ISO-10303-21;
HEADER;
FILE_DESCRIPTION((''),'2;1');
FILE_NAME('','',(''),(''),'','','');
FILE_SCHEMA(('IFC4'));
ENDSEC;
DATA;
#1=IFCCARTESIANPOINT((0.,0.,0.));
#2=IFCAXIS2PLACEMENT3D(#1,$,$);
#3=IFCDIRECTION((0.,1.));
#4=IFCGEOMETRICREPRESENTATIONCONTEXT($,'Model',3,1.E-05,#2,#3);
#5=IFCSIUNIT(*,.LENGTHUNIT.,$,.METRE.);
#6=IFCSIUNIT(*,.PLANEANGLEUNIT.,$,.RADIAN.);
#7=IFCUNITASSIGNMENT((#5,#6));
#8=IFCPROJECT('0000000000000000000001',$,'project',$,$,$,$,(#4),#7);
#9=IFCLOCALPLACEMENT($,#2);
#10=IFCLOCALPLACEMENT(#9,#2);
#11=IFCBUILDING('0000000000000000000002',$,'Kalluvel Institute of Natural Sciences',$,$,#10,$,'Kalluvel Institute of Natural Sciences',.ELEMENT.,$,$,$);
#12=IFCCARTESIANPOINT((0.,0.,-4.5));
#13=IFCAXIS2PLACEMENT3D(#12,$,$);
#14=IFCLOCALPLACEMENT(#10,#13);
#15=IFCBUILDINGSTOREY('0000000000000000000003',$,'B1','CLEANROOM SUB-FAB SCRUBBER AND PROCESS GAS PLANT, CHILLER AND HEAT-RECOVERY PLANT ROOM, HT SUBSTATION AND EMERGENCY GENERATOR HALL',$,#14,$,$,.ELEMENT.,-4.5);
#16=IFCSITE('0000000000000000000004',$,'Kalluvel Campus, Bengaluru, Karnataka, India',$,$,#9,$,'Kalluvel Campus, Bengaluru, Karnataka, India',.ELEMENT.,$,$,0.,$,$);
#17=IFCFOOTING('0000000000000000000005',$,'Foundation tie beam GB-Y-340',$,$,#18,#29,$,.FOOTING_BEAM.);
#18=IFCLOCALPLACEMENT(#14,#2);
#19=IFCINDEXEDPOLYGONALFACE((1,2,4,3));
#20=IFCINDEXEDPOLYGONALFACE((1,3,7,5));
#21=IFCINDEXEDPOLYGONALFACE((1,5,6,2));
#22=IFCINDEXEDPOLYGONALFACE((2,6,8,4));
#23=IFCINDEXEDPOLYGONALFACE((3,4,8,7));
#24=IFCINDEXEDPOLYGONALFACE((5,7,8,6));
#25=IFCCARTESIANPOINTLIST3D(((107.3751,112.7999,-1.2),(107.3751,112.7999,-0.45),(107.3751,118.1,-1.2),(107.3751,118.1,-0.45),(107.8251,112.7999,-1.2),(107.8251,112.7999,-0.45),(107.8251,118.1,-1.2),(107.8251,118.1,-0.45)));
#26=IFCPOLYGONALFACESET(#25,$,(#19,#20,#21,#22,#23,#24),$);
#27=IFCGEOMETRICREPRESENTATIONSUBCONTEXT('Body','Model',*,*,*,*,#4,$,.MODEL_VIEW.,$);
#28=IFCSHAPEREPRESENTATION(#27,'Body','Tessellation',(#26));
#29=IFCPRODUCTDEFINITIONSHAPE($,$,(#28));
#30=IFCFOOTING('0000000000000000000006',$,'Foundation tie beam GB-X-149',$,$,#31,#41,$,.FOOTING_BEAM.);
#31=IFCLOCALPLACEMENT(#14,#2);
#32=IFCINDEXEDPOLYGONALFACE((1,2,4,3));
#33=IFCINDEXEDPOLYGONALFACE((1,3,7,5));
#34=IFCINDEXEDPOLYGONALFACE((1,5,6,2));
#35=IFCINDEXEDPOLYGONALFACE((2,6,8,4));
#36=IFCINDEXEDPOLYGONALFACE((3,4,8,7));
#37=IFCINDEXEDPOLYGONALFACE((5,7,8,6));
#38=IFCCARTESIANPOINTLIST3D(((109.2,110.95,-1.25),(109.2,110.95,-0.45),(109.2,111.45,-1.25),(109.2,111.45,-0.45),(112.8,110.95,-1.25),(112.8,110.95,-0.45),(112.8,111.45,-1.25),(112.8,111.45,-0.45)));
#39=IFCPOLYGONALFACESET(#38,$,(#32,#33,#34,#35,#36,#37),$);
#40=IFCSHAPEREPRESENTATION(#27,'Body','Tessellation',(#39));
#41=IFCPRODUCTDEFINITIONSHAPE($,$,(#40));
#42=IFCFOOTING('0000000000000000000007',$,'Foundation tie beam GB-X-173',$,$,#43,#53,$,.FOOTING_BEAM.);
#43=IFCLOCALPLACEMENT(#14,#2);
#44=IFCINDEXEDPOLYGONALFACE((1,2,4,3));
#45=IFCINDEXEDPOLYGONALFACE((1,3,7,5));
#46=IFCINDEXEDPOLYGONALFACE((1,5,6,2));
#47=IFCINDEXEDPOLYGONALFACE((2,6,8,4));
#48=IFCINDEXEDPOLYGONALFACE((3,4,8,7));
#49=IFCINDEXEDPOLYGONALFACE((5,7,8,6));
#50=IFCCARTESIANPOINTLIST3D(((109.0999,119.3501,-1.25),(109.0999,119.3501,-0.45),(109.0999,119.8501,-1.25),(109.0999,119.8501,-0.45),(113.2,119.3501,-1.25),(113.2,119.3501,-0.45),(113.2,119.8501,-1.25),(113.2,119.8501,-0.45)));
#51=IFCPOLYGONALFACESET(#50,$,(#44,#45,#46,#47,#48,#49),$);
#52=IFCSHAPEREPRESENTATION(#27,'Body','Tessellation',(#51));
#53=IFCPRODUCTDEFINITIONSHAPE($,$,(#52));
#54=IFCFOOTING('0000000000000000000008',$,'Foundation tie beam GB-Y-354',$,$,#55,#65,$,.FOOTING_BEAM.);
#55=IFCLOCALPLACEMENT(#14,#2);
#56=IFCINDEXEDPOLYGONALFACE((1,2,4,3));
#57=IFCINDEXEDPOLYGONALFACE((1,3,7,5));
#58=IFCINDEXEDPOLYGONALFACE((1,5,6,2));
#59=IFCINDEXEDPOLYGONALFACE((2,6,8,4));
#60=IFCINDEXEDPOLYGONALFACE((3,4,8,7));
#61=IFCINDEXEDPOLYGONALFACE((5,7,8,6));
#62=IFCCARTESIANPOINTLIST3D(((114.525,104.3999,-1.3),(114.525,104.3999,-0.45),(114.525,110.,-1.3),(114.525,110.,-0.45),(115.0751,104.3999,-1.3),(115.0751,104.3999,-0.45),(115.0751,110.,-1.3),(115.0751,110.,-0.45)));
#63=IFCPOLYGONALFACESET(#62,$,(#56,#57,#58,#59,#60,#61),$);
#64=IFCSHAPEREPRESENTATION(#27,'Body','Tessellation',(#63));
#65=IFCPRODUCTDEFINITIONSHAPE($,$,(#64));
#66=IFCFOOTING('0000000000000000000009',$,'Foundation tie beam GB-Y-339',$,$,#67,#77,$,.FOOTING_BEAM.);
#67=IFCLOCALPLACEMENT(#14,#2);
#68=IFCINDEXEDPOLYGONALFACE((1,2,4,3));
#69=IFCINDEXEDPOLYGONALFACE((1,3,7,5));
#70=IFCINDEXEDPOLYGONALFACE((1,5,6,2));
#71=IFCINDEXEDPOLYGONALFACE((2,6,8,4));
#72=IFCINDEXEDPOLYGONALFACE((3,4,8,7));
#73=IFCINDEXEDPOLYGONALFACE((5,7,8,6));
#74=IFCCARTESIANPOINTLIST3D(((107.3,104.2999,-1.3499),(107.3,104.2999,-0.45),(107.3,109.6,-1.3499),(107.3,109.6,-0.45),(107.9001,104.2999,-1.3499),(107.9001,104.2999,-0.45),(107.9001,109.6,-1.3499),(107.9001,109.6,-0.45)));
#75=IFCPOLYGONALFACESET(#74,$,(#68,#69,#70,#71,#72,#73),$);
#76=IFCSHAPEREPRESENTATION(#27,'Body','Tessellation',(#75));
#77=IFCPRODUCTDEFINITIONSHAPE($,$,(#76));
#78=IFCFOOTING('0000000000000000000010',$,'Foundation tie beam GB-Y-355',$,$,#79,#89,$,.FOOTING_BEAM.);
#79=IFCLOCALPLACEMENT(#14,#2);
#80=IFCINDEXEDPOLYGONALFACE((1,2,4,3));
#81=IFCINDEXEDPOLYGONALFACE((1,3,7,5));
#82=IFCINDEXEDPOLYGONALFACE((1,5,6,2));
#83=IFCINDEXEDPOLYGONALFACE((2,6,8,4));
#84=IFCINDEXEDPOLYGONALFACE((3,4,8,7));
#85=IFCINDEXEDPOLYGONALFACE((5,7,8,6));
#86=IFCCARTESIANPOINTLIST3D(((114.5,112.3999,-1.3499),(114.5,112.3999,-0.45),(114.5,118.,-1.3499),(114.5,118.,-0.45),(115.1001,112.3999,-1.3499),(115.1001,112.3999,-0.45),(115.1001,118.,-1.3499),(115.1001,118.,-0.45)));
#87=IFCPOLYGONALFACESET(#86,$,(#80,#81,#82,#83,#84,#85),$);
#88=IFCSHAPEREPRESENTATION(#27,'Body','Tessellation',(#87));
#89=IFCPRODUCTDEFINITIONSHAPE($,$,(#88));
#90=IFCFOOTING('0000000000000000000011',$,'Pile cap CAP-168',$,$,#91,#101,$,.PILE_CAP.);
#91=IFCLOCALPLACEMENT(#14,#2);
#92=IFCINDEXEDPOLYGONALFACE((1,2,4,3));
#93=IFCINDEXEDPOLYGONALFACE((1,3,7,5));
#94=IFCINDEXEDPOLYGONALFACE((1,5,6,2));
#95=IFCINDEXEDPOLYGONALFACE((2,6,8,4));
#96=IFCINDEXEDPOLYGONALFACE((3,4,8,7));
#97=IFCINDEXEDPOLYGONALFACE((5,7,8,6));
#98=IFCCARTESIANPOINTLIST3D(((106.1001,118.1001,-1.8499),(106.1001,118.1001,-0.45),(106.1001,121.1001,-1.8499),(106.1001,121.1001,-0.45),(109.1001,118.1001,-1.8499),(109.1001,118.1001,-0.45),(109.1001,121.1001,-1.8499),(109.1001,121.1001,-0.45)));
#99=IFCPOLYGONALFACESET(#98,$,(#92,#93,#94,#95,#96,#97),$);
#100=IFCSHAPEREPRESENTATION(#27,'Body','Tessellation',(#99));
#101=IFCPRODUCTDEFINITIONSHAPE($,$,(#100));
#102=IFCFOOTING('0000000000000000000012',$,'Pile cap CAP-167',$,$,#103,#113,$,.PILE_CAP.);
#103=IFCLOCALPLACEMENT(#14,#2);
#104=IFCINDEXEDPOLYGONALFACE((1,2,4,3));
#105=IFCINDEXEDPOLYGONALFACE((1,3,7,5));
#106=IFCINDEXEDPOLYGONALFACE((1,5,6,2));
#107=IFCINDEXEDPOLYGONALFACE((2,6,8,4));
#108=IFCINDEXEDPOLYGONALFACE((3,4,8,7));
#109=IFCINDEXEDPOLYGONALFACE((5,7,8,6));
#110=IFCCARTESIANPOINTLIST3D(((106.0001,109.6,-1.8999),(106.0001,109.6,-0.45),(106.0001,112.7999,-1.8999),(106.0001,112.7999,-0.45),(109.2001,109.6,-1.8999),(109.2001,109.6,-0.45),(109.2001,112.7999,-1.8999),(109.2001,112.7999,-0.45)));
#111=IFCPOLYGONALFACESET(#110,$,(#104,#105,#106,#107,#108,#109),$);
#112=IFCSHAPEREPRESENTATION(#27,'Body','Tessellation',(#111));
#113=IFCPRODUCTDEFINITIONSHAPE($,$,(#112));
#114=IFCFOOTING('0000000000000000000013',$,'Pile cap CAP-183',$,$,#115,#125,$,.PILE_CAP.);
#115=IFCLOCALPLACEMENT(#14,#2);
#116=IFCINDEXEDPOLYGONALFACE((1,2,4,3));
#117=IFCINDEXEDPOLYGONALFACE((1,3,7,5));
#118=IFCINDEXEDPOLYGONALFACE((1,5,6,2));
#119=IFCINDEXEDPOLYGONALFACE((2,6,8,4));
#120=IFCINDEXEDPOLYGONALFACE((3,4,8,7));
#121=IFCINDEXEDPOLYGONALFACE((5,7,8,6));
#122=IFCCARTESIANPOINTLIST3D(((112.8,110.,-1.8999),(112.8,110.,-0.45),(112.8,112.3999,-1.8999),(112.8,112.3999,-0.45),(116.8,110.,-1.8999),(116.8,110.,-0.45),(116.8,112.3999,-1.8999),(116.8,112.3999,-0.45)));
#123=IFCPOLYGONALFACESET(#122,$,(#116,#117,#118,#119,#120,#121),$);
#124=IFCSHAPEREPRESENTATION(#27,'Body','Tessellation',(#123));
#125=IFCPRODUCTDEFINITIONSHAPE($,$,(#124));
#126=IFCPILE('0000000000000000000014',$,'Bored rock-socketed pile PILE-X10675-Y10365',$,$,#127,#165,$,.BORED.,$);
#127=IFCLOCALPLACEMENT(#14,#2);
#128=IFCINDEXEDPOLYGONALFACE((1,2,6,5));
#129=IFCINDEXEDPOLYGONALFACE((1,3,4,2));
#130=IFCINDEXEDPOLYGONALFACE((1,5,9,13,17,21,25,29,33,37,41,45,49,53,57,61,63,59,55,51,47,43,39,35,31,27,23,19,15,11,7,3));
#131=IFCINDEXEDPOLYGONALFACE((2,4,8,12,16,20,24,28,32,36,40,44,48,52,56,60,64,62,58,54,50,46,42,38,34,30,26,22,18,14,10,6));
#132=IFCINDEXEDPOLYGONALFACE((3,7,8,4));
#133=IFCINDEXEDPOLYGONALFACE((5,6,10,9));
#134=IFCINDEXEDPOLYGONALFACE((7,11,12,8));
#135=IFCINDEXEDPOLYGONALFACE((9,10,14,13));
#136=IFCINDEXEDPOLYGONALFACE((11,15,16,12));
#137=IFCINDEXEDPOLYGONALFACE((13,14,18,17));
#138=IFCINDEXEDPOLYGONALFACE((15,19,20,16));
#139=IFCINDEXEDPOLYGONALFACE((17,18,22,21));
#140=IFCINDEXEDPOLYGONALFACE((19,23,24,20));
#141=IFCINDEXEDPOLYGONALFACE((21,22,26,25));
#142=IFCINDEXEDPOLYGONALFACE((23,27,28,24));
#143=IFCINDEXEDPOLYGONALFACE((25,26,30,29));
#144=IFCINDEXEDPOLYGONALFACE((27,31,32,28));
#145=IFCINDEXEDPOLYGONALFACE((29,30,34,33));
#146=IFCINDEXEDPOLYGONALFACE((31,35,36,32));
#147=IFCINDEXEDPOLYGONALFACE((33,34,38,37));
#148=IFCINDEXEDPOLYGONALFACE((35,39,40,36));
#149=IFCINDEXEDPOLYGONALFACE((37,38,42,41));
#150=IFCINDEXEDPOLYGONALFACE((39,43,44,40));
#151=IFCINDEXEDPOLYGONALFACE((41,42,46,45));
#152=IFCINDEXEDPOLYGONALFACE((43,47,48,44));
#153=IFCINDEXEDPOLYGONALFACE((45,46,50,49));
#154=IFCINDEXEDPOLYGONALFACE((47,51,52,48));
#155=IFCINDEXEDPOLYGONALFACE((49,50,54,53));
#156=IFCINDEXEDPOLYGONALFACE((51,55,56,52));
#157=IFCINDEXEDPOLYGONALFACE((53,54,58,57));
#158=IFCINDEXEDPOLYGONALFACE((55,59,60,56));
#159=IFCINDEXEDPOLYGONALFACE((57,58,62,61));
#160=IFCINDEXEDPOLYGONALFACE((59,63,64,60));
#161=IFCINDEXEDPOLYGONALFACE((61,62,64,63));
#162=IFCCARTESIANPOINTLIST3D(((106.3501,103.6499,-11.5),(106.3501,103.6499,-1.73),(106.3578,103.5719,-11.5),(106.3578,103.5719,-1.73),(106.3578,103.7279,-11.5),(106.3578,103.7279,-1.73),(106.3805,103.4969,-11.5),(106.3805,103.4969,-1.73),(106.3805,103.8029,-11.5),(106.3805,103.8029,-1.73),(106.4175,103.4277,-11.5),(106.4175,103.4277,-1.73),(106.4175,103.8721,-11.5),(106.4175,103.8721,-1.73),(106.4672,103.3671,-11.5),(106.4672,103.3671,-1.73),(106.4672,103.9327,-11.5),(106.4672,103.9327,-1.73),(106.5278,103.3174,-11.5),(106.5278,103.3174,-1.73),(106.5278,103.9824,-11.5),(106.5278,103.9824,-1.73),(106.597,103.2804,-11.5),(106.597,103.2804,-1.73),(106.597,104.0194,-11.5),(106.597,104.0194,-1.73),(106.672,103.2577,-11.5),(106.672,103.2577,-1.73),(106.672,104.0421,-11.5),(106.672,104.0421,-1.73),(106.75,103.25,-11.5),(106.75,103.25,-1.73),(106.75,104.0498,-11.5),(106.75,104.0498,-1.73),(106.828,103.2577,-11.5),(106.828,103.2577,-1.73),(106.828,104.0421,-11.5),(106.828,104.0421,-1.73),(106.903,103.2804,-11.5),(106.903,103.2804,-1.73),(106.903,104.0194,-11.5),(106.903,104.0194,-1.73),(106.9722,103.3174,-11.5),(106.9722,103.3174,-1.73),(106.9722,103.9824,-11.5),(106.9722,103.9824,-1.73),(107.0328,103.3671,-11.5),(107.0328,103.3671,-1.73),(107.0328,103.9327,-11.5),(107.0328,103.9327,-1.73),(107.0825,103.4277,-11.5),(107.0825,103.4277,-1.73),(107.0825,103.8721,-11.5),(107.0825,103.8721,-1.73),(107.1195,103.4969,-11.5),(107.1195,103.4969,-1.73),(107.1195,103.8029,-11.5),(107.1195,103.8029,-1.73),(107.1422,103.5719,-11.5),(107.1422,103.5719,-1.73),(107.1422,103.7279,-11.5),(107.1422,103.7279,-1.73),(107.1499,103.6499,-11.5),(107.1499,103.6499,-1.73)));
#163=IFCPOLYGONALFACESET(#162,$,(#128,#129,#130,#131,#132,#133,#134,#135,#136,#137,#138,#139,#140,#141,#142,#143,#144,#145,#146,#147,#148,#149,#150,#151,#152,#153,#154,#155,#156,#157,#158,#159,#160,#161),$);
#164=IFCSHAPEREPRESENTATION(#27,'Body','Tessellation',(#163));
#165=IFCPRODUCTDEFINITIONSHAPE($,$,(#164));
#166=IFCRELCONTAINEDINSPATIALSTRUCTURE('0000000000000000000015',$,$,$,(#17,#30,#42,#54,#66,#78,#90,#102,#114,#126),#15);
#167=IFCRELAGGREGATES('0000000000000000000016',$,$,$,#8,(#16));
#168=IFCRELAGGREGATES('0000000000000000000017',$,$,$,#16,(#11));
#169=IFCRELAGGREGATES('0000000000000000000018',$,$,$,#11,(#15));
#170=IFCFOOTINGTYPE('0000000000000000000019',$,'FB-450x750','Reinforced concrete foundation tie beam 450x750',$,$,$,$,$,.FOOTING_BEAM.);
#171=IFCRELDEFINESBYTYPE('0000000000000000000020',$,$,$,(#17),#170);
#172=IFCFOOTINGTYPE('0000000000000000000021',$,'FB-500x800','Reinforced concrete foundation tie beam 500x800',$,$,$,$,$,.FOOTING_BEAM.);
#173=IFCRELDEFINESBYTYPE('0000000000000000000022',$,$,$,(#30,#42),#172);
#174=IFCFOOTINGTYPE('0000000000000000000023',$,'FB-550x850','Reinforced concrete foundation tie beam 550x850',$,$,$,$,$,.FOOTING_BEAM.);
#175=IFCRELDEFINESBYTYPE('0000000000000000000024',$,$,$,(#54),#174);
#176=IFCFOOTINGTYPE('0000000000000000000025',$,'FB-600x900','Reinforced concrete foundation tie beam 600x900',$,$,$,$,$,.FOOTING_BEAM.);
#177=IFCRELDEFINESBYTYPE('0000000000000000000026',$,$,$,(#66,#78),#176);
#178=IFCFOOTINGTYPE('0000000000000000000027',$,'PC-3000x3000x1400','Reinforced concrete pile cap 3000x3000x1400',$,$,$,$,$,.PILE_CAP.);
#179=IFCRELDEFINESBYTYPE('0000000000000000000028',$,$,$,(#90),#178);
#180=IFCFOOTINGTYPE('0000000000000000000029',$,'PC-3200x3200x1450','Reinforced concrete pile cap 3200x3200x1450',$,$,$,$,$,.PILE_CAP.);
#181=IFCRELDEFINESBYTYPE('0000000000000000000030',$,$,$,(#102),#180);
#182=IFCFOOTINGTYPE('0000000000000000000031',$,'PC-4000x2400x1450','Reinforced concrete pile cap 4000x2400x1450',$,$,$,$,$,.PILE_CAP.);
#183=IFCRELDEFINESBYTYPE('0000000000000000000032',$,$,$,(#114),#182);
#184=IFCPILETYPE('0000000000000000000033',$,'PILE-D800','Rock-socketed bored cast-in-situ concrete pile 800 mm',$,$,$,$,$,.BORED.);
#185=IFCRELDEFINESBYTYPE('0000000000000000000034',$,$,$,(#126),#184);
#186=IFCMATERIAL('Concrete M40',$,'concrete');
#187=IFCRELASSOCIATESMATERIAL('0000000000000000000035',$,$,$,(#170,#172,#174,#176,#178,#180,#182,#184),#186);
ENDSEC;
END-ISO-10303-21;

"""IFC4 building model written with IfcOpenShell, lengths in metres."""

from ifc_helpers import new_model, si_unit, direction, frame, origin, origin_2d, place, context, subcontext, project, spatial, rectangle, circle, extrude, material, material_profile, profile_set, type_object, element, save


model = new_model("IFC4")

# Units and contexts
model_context = context("Model", 3, precision=1e-05, world=origin(), true_north=direction((0.0, 1.0)))
body_context = subcontext(model_context, "Body", "Model", "MODEL_VIEW")
ifc_project = project(units=[si_unit("LENGTHUNIT", "METRE"), si_unit("PLANEANGLEUNIT", "RADIAN")], contexts=[model_context])

# Site, building, storey
site_placement = place(None, origin())
site = spatial("IfcSite", under=ifc_project, at=site_placement, Name="Kalluvel Campus, Bengaluru, Karnataka, India", LongName="Kalluvel Campus, Bengaluru, Karnataka, India", CompositionType="ELEMENT", RefElevation=0.0)
building_placement = place(site_placement, origin())
building = spatial("IfcBuilding", under=site, at=building_placement, Name="Kalluvel Institute of Natural Sciences", LongName="Kalluvel Institute of Natural Sciences", CompositionType="ELEMENT")
storey_placement = place(building_placement, frame((0.0, 0.0, -4.5)))
storey = spatial("IfcBuildingStorey", under=building, at=storey_placement, Name="B1", Description="CLEANROOM SUB-FAB SCRUBBER AND PROCESS GAS PLANT, CHILLER AND HEAT-RECOVERY PLANT ROOM, HT SUBSTATION AND EMERGENCY GENERATOR HALL", CompositionType="ELEMENT", Elevation=-4.5)

# Footings
ifc_material_1 = material(Name="Concrete M40", Category="concrete")
footing_type_1 = type_object("IfcFootingType", Name="FB-450x750", Description="Reinforced concrete foundation tie beam 450x750", PredefinedType="FOOTING_BEAM", material=ifc_material_1)
footing_1_placement = place(storey_placement, frame((107.6001, 115.45, -1.2), z_axis=(0.0, 0.0, 1.0), x_axis=(1.0, 0.0, 0.0)))
element("IfcFooting", 1, at=footing_1_placement, inside=storey, type_object=footing_type_1, Name="Foundation tie beam GB-Y-340", PredefinedType="FOOTING_BEAM", context=body_context, shape_type="SweptSolid", body=[
    extrude(rectangle(XDim=0.45, YDim=5.3, at=origin_2d()), origin(), (0.0, 0.0, 1.0), 0.75),
])
footing_type_2 = type_object("IfcFootingType", Name="FB-500x800", Description="Reinforced concrete foundation tie beam 500x800", PredefinedType="FOOTING_BEAM", material=ifc_material_1)
footing_2_placement = place(storey_placement, frame((111.0, 111.2, -1.25), z_axis=(0.0, 0.0, 1.0), x_axis=(1.0, 0.0, 0.0)))
element("IfcFooting", 2, at=footing_2_placement, inside=storey, type_object=footing_type_2, Name="Foundation tie beam GB-X-149", PredefinedType="FOOTING_BEAM", context=body_context, shape_type="SweptSolid", body=[
    extrude(rectangle(XDim=3.6001, YDim=0.5, at=origin_2d()), origin(), (0.0, 0.0, 1.0), 0.8),
])
footing_3_placement = place(storey_placement, frame((111.1499, 119.6001, -1.25), z_axis=(0.0, 0.0, 1.0), x_axis=(1.0, 0.0, 0.0)))
element("IfcFooting", 3, at=footing_3_placement, inside=storey, type_object=footing_type_2, Name="Foundation tie beam GB-X-173", PredefinedType="FOOTING_BEAM", context=body_context, shape_type="SweptSolid", body=[
    extrude(rectangle(XDim=4.1001, YDim=0.5, at=origin_2d()), origin(), (0.0, 0.0, 1.0), 0.8),
])
footing_type_3 = type_object("IfcFootingType", Name="FB-550x850", Description="Reinforced concrete foundation tie beam 550x850", PredefinedType="FOOTING_BEAM", material=ifc_material_1)
footing_4_placement = place(storey_placement, frame((114.8, 107.2, -1.3), z_axis=(0.0, 0.0, 1.0), x_axis=(1.0, 0.0, 0.0)))
element("IfcFooting", 4, at=footing_4_placement, inside=storey, type_object=footing_type_3, Name="Foundation tie beam GB-Y-354", PredefinedType="FOOTING_BEAM", context=body_context, shape_type="SweptSolid", body=[
    extrude(rectangle(XDim=0.55, YDim=5.6001, at=origin_2d()), origin(), (0.0, 0.0, 1.0), 0.8501),
])
footing_type_4 = type_object("IfcFootingType", Name="FB-600x900", Description="Reinforced concrete foundation tie beam 600x900", PredefinedType="FOOTING_BEAM", material=ifc_material_1)
footing_5_placement = place(storey_placement, frame((107.6001, 106.95, -1.3499), z_axis=(0.0, 0.0, 1.0), x_axis=(1.0, 0.0, 0.0)))
element("IfcFooting", 5, at=footing_5_placement, inside=storey, type_object=footing_type_4, Name="Foundation tie beam GB-Y-339", PredefinedType="FOOTING_BEAM", context=body_context, shape_type="SweptSolid", body=[
    extrude(rectangle(XDim=0.6001, YDim=5.3, at=origin_2d()), origin(), (0.0, 0.0, 1.0), 0.8999),
])
footing_6_placement = place(storey_placement, frame((114.8, 115.2, -1.3499), z_axis=(0.0, 0.0, 1.0), x_axis=(1.0, 0.0, 0.0)))
element("IfcFooting", 6, at=footing_6_placement, inside=storey, type_object=footing_type_4, Name="Foundation tie beam GB-Y-355", PredefinedType="FOOTING_BEAM", context=body_context, shape_type="SweptSolid", body=[
    extrude(rectangle(XDim=0.6001, YDim=5.6001, at=origin_2d()), origin(), (0.0, 0.0, 1.0), 0.8999),
])
footing_type_5 = type_object("IfcFootingType", Name="PC-3000x3000x1400", Description="Reinforced concrete pile cap 3000x3000x1400", PredefinedType="PILE_CAP", material=ifc_material_1)
footing_7_placement = place(storey_placement, frame((107.6001, 119.6001, -1.8499), z_axis=(0.0, 0.0, 1.0), x_axis=(1.0, 0.0, 0.0)))
element("IfcFooting", 7, at=footing_7_placement, inside=storey, type_object=footing_type_5, Name="Pile cap CAP-168", PredefinedType="PILE_CAP", context=body_context, shape_type="SweptSolid", body=[
    extrude(rectangle(XDim=3.0, YDim=3.0, at=origin_2d()), origin(), (0.0, 0.0, 1.0), 1.3999),
])
footing_type_6 = type_object("IfcFootingType", Name="PC-3200x3200x1450", Description="Reinforced concrete pile cap 3200x3200x1450", PredefinedType="PILE_CAP", material=ifc_material_1)
footing_8_placement = place(storey_placement, frame((107.6001, 111.2, -1.8999), z_axis=(0.0, 0.0, 1.0), x_axis=(1.0, 0.0, 0.0)))
element("IfcFooting", 8, at=footing_8_placement, inside=storey, type_object=footing_type_6, Name="Pile cap CAP-167", PredefinedType="PILE_CAP", context=body_context, shape_type="SweptSolid", body=[
    extrude(rectangle(XDim=3.2, YDim=3.2, at=origin_2d()), origin(), (0.0, 0.0, 1.0), 1.45),
])
footing_type_7 = type_object("IfcFootingType", Name="PC-4000x2400x1450", Description="Reinforced concrete pile cap 4000x2400x1450", PredefinedType="PILE_CAP", material=ifc_material_1)
footing_9_placement = place(storey_placement, frame((114.8, 111.2, -1.8999), z_axis=(0.0, 0.0, 1.0), x_axis=(1.0, 0.0, 0.0)))
element("IfcFooting", 9, at=footing_9_placement, inside=storey, type_object=footing_type_7, Name="Pile cap CAP-183", PredefinedType="PILE_CAP", context=body_context, shape_type="SweptSolid", body=[
    extrude(rectangle(XDim=4.0, YDim=2.3999, at=origin_2d()), origin(), (0.0, 0.0, 1.0), 1.45),
])

# Pile
ifc_material_profile_1 = material_profile(ifc_material_1, circle(Radius=0.3999, at=origin_2d()), Name="PILE D800")
ifc_profile_set_1 = profile_set([ifc_material_profile_1], Name="Concrete M40")
pile_type_1 = type_object("IfcPileType", Name="PILE-D800", Description="Rock-socketed bored cast-in-situ concrete pile 800 mm", PredefinedType="BORED", material=ifc_profile_set_1)
for number, where, z_axis, x_axis, name in (
    (10, (106.75, 103.6499, -1.73), (0.0, 0.0, -1.0), (1.0, 0.0, 0.0), "Bored rock-socketed pile PILE-X10675-Y10365"),
):
    element("IfcPile", number, at=place(storey_placement, frame(where, z_axis=z_axis, x_axis=x_axis)), inside=storey, type_object=pile_type_1, Name=name, PredefinedType="BORED", context=body_context, shape_type="SweptSolid", body=[
        extrude(circle(Radius=0.3999, at=origin_2d()), origin(), (0.0, 0.0, 1.0), 9.77),
    ])

save(model, "model.ifc")
